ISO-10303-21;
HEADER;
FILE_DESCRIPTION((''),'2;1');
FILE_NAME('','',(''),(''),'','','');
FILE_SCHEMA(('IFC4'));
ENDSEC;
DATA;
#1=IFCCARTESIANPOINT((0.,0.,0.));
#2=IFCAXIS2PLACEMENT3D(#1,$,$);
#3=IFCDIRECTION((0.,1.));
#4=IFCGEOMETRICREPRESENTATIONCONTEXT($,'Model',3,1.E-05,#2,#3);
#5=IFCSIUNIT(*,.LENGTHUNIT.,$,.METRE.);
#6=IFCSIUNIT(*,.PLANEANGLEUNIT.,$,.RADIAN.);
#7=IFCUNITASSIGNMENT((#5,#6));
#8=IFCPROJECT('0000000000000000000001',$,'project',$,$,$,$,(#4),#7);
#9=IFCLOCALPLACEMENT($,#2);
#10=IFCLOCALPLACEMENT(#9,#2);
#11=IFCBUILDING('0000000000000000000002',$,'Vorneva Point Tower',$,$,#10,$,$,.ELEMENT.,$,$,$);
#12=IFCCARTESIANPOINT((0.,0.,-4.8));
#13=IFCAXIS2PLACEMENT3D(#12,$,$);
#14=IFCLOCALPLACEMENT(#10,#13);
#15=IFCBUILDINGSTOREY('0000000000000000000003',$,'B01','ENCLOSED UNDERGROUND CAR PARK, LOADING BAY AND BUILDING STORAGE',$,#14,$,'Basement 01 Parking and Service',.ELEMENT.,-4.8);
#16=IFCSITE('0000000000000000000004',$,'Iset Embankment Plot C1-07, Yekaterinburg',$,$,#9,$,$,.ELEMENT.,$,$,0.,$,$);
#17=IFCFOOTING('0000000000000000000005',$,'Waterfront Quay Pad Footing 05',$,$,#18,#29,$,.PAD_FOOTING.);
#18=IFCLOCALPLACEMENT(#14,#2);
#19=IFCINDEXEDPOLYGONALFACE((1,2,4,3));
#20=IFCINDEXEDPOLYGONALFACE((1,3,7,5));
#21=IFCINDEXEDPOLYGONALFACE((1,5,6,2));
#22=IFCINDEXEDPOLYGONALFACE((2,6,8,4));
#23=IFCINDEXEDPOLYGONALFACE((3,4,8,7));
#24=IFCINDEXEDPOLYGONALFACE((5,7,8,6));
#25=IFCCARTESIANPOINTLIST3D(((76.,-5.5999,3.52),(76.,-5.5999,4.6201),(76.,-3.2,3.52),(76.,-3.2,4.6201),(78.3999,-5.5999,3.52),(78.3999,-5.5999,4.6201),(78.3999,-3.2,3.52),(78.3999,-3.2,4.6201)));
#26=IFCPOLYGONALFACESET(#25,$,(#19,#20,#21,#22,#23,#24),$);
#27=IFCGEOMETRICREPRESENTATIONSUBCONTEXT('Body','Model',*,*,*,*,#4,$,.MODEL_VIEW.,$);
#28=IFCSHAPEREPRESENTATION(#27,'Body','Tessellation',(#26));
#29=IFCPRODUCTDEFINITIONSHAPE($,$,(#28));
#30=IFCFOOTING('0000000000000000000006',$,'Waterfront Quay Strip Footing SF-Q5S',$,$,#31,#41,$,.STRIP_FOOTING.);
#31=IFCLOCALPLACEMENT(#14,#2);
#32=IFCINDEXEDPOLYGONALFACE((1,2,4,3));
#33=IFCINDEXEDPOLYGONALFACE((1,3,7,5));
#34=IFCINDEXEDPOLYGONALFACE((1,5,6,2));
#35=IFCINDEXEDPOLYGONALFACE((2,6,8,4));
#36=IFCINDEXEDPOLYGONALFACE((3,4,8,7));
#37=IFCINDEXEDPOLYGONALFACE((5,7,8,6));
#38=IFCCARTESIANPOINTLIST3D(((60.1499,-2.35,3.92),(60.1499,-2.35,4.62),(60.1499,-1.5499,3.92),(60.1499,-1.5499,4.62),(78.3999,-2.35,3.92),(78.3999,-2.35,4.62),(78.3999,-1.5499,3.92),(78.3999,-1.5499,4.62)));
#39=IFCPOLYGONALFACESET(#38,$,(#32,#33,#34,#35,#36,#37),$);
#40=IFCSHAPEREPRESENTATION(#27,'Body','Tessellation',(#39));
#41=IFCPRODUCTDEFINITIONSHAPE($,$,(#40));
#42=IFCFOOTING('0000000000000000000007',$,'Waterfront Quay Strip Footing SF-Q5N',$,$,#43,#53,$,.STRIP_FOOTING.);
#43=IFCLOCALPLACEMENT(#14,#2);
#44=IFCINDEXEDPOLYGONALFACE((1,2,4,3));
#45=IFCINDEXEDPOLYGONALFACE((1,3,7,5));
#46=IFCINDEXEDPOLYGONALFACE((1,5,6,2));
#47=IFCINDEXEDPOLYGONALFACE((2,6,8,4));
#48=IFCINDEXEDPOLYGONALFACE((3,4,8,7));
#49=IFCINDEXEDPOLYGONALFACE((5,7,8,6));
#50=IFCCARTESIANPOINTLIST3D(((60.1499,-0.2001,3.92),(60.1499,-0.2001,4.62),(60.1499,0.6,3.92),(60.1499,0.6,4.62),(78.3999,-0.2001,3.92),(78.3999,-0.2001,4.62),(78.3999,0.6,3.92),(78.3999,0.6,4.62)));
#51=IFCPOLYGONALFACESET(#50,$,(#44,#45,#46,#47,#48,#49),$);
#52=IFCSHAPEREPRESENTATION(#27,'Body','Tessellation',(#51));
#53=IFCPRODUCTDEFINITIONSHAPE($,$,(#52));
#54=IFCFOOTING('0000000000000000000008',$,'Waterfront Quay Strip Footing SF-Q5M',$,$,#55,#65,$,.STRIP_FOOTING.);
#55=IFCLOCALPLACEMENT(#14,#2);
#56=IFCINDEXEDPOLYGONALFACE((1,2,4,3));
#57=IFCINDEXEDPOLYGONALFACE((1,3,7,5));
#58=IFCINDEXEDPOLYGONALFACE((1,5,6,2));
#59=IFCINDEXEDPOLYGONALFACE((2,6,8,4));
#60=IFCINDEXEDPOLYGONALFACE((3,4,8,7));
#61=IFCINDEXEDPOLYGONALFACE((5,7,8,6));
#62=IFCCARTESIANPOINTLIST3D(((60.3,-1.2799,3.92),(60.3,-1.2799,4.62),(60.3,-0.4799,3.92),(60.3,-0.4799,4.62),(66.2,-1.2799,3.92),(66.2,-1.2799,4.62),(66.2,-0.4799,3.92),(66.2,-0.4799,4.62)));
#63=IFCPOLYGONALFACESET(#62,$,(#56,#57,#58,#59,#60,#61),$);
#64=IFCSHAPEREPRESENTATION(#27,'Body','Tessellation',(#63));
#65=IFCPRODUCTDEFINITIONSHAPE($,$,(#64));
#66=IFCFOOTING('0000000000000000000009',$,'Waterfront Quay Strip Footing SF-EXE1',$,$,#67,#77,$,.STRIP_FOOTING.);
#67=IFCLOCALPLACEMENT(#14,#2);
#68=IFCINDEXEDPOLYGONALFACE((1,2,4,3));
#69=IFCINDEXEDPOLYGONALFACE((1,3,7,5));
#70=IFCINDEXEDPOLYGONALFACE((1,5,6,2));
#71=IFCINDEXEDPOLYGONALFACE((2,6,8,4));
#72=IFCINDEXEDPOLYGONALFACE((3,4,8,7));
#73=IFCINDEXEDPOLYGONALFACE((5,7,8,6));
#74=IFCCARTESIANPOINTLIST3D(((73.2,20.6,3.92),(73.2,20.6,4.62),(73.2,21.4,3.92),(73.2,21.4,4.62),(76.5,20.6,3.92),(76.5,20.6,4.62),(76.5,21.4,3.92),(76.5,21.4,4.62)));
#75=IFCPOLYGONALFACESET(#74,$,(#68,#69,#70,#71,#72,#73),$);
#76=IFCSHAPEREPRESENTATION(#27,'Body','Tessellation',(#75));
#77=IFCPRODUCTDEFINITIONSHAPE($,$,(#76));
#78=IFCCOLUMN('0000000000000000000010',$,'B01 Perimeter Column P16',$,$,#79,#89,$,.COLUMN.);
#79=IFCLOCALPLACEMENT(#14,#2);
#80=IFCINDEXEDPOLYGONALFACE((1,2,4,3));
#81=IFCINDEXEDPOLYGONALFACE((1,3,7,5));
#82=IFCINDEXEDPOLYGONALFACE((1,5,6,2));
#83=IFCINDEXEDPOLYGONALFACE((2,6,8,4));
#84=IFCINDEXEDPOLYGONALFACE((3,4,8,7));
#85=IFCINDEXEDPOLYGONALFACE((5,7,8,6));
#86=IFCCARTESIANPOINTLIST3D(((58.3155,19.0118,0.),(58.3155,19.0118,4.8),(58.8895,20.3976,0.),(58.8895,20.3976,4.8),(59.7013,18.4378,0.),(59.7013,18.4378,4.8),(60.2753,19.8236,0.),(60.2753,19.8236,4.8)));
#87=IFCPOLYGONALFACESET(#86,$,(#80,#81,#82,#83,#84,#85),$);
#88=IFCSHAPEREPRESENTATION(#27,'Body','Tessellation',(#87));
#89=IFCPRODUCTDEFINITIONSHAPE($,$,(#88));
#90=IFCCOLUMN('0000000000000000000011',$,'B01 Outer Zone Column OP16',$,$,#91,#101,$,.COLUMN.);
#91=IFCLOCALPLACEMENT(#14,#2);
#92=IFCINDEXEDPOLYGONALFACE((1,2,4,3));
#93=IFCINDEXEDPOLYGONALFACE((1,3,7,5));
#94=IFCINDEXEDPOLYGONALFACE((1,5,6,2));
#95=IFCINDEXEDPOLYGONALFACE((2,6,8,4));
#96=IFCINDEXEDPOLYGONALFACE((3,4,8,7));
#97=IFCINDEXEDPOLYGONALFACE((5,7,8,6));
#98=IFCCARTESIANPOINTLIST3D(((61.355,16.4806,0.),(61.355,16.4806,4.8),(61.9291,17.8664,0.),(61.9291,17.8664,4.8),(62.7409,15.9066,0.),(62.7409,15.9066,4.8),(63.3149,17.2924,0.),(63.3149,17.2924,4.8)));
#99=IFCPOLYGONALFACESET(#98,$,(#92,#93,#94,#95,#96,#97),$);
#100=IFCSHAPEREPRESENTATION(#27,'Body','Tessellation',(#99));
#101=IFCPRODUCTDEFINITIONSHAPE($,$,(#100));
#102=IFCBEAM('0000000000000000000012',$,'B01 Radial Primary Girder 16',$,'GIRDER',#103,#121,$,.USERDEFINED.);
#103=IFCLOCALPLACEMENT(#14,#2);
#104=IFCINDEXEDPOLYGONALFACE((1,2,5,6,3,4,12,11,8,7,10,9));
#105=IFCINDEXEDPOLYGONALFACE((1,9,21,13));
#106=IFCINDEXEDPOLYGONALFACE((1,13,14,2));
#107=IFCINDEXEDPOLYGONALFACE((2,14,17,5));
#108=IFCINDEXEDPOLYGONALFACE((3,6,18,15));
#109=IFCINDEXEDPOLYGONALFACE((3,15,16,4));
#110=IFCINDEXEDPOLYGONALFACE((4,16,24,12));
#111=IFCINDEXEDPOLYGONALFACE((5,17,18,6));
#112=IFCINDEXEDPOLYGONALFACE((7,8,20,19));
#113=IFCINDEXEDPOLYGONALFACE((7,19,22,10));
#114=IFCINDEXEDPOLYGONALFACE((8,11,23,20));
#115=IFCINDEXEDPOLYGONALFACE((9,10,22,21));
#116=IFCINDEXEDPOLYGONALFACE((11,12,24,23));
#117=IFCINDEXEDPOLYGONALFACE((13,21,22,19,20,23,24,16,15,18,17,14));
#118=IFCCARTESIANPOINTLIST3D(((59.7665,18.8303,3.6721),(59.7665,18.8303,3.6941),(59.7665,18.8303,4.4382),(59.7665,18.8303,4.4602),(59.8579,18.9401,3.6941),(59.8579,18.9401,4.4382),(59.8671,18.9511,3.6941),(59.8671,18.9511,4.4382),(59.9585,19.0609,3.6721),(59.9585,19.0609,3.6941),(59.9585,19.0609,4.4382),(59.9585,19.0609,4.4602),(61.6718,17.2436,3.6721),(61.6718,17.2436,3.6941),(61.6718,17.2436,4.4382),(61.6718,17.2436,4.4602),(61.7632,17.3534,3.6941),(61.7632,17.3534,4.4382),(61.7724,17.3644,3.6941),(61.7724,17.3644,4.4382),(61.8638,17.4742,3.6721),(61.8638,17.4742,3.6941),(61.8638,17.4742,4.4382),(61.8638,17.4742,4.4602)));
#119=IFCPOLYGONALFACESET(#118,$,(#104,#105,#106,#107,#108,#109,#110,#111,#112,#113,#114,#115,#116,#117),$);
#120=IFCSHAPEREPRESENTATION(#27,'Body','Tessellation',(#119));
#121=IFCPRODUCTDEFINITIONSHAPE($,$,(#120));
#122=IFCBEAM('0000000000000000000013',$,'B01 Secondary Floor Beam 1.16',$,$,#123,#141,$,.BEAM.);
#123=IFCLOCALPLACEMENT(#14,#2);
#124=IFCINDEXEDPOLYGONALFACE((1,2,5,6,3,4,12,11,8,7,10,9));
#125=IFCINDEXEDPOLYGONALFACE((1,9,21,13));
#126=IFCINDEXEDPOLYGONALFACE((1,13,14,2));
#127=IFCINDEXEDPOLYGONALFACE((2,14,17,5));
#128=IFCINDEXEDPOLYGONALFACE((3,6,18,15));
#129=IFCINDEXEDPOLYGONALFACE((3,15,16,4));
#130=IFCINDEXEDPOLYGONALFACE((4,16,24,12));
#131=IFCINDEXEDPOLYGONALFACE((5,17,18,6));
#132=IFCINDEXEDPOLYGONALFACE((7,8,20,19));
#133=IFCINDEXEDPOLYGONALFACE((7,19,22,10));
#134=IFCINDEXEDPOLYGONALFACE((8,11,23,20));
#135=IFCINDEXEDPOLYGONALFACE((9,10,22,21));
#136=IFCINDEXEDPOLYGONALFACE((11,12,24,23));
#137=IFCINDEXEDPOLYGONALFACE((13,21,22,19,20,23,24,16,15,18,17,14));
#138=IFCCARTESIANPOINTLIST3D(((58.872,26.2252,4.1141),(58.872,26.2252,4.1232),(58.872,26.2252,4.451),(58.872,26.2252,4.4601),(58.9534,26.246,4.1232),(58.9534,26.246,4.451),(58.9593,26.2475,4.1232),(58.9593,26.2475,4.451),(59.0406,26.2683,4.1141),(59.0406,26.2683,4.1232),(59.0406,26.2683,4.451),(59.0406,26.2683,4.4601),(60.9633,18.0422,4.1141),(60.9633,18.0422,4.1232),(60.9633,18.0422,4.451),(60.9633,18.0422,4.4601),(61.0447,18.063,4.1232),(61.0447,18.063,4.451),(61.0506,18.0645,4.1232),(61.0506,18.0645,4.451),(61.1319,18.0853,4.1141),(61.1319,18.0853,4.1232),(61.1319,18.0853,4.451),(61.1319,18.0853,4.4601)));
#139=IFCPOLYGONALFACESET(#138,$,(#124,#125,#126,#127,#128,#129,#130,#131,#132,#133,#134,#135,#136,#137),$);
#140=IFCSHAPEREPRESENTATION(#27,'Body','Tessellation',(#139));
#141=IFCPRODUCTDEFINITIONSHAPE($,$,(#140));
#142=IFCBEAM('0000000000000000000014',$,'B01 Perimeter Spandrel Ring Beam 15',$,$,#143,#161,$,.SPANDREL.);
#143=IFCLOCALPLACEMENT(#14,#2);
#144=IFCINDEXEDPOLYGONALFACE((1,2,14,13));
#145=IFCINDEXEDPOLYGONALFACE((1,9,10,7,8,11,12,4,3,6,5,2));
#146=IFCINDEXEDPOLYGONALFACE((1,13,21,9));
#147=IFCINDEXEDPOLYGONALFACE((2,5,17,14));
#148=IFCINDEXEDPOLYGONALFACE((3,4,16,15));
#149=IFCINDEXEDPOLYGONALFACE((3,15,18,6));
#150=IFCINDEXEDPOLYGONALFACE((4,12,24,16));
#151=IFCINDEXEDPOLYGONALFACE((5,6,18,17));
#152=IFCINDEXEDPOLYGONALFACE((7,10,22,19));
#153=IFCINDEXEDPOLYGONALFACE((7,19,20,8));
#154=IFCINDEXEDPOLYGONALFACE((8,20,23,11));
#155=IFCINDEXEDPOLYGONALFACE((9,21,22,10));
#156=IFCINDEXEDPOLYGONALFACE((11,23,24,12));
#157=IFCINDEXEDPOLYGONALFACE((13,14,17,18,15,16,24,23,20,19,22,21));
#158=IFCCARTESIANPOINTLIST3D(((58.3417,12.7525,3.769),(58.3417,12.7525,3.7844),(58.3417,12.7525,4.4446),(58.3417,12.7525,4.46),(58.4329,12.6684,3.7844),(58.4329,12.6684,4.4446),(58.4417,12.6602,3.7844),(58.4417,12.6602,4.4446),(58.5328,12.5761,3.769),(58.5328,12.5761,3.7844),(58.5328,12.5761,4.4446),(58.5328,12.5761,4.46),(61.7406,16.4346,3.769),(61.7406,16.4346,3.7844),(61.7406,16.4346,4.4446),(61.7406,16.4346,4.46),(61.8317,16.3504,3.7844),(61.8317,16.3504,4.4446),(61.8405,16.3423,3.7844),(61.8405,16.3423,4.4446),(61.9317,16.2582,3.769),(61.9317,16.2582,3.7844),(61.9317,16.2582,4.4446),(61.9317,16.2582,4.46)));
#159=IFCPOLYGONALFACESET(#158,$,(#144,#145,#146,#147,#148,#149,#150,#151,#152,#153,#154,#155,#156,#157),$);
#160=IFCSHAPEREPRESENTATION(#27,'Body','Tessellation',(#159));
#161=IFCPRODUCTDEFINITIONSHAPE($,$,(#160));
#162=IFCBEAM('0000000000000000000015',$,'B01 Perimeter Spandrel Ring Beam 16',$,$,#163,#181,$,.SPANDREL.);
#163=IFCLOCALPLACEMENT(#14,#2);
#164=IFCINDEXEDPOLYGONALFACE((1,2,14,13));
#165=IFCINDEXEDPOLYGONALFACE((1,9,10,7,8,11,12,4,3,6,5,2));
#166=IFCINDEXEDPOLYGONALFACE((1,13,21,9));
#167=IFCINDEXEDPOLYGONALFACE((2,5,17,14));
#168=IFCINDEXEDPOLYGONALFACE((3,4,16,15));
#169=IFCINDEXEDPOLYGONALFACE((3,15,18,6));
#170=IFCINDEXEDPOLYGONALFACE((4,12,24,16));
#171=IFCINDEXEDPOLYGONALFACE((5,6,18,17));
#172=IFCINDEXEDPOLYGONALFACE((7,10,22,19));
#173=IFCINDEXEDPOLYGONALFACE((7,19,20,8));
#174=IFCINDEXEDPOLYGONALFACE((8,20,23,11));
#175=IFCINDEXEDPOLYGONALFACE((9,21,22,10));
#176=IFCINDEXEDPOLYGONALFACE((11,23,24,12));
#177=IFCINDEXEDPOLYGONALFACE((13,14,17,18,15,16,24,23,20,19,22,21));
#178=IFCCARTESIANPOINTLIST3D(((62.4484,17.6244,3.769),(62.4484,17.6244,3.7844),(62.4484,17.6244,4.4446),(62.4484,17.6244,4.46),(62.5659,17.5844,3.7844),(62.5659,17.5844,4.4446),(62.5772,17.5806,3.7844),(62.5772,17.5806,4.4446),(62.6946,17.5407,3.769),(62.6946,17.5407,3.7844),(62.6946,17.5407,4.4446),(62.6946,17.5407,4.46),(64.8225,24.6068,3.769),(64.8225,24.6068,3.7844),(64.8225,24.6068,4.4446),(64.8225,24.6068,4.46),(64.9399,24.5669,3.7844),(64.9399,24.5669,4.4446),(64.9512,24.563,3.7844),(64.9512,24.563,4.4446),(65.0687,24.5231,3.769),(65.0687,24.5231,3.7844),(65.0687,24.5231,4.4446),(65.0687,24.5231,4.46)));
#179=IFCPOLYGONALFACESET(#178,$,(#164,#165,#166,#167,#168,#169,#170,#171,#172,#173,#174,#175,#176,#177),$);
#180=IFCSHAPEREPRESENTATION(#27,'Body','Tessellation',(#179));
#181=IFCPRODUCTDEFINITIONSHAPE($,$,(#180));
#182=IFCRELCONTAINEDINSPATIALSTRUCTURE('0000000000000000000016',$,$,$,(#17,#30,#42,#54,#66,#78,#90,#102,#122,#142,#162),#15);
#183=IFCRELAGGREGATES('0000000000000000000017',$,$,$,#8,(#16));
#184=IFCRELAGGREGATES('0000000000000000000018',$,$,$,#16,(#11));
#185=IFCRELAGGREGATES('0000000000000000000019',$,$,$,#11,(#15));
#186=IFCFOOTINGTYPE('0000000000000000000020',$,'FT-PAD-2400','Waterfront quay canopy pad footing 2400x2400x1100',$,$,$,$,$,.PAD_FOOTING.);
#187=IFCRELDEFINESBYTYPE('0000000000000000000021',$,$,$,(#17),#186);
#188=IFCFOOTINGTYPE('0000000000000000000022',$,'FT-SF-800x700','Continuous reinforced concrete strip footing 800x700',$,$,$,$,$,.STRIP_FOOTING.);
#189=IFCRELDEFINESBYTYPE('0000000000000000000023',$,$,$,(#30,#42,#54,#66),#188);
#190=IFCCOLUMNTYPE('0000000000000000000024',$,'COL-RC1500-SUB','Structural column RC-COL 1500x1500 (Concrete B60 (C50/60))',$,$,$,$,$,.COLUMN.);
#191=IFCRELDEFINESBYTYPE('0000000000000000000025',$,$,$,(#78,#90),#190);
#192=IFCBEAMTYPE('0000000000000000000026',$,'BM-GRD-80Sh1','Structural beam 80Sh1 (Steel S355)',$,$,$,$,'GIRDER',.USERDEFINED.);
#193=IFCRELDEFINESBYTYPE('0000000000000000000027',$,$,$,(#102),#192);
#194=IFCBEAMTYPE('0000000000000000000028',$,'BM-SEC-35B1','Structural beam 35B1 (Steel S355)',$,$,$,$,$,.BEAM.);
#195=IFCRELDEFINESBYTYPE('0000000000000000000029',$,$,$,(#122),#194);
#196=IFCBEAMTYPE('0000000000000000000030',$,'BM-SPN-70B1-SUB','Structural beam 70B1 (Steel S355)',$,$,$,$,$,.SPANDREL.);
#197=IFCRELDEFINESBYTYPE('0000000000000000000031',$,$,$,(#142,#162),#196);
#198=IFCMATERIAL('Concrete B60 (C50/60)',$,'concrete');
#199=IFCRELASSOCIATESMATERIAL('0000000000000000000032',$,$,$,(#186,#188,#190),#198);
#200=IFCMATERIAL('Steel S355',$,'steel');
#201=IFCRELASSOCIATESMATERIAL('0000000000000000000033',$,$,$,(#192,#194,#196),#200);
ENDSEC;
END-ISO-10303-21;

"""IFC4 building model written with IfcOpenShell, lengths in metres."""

from ifc_helpers import new_model, si_unit, direction, frame, origin, origin_2d, place, context, subcontext, project, spatial, rectangle, i_section, extrude, material, material_profile, profile_set, type_object, element, save


model = new_model("IFC4")

# Units and contexts
model_context = context("Model", 3, precision=1e-05, world=origin(), true_north=direction((0.0, 1.0)))
body_context = subcontext(model_context, "Body", "Model", "MODEL_VIEW")
ifc_project = project(units=[si_unit("LENGTHUNIT", "METRE"), si_unit("PLANEANGLEUNIT", "RADIAN")], contexts=[model_context])

# Site, building, storey
site_placement = place(None, origin())
site = spatial("IfcSite", under=ifc_project, at=site_placement, Name="Iset Embankment Plot C1-07, Yekaterinburg", CompositionType="ELEMENT", RefElevation=0.0)
building_placement = place(site_placement, origin())
building = spatial("IfcBuilding", under=site, at=building_placement, Name="Vorneva Point Tower", CompositionType="ELEMENT")
storey_placement = place(building_placement, frame((0.0, 0.0, -4.8)))
storey = spatial("IfcBuildingStorey", under=building, at=storey_placement, Name="B01", Description="ENCLOSED UNDERGROUND CAR PARK, LOADING BAY AND BUILDING STORAGE", LongName="Basement 01 Parking and Service", CompositionType="ELEMENT", Elevation=-4.8)

# Footings
ifc_material_1 = material(Name="Concrete B60 (C50/60)", Category="concrete")
footing_type_1 = type_object("IfcFootingType", Name="FT-PAD-2400", Description="Waterfront quay canopy pad footing 2400x2400x1100", PredefinedType="PAD_FOOTING", material=ifc_material_1)
footing_1_placement = place(storey_placement, frame((77.2, -4.3999, 3.52), z_axis=(0.0, 0.0, 1.0), x_axis=(1.0, 0.0, 0.0)))
element("IfcFooting", 1, at=footing_1_placement, inside=storey, type_object=footing_type_1, Name="Waterfront Quay Pad Footing 05", PredefinedType="PAD_FOOTING", context=body_context, shape_type="SweptSolid", body=[
    extrude(rectangle(XDim=2.3999, YDim=2.3999, at=origin_2d()), origin(), (0.0, 0.0, 1.0), 1.1001),
])
ifc_material_profile_1 = material_profile(ifc_material_1, rectangle(XDim=0.8, YDim=0.7, at=origin_2d()), Name="SF 800x700")
ifc_profile_set_1 = profile_set([ifc_material_profile_1], Name="Concrete B60 (C50/60)")
footing_type_2 = type_object("IfcFootingType", Name="FT-SF-800x700", Description="Continuous reinforced concrete strip footing 800x700", PredefinedType="STRIP_FOOTING", material=ifc_profile_set_1)
for number, where, z_axis, x_axis, name in (
    (2, (60.1499, -1.95, 4.27), (1.0, 0.0, 0.0), (0.0, 1.0, 0.0), "Waterfront Quay Strip Footing SF-Q5S"),
    (3, (60.1499, 0.2, 4.27), (1.0, 0.0, 0.0), (0.0, 1.0, 0.0), "Waterfront Quay Strip Footing SF-Q5N"),
):
    element("IfcFooting", number, at=place(storey_placement, frame(where, z_axis=z_axis, x_axis=x_axis)), inside=storey, type_object=footing_type_2, Name=name, PredefinedType="STRIP_FOOTING", context=body_context, shape_type="SweptSolid", body=[
        extrude(rectangle(XDim=0.8, YDim=0.7, at=origin_2d()), origin(), (0.0, 0.0, 1.0), 18.25),
    ])
footing_2_placement = place(storey_placement, frame((60.3, -0.8799, 4.27), z_axis=(1.0, 0.0, 0.0), x_axis=(0.0, 1.0, 0.0)))
element("IfcFooting", 4, at=footing_2_placement, inside=storey, type_object=footing_type_2, Name="Waterfront Quay Strip Footing SF-Q5M", PredefinedType="STRIP_FOOTING", context=body_context, shape_type="SweptSolid", body=[
    extrude(rectangle(XDim=0.8, YDim=0.7, at=origin_2d()), origin(), (0.0, 0.0, 1.0), 5.8999),
])
footing_3_placement = place(storey_placement, frame((73.2, 21.0, 4.27), z_axis=(1.0, 0.0, 0.0), x_axis=(0.0, 1.0, 0.0)))
element("IfcFooting", 5, at=footing_3_placement, inside=storey, type_object=footing_type_2, Name="Waterfront Quay Strip Footing SF-EXE1", PredefinedType="STRIP_FOOTING", context=body_context, shape_type="SweptSolid", body=[
    extrude(rectangle(XDim=0.8, YDim=0.7, at=origin_2d()), origin(), (0.0, 0.0, 1.0), 3.3),
])

# Columns
ifc_material_profile_2 = material_profile(ifc_material_1, rectangle(XDim=1.5, YDim=1.5, at=origin_2d()), Name="RC-COL 1500x1500")
ifc_profile_set_2 = profile_set([ifc_material_profile_2], Name="Concrete B60 (C50/60)")
column_type = type_object("IfcColumnType", Name="COL-RC1500-SUB", Description="Structural column RC-COL 1500x1500 (Concrete B60 (C50/60))", PredefinedType="COLUMN", material=ifc_profile_set_2)
for number, where, z_axis, x_axis, name in (
    (6, (59.2954, 19.4177, 0.0), (0.0, 0.0, 1.0), (0.92388, -0.382683, 0.0), "B01 Perimeter Column P16"),
    (7, (62.335, 16.8865, 0.0), (0.0, 0.0, 1.0), (0.92388, -0.382683, 0.0), "B01 Outer Zone Column OP16"),
):
    element("IfcColumn", number, at=place(storey_placement, frame(where, z_axis=z_axis, x_axis=x_axis)), inside=storey, type_object=column_type, Name=name, PredefinedType="COLUMN", context=body_context, shape_type="SweptSolid", body=[
        extrude(rectangle(XDim=1.5, YDim=1.5, at=origin_2d()), origin(), (0.0, 0.0, 1.0), 4.8),
    ])

# Beams
ifc_material_2 = material(Name="Steel S355", Category="steel")
ifc_material_profile_3 = material_profile(ifc_material_2, i_section(OverallWidth=0.3, OverallDepth=0.7881, WebThickness=0.0144, FlangeThickness=0.022, at=origin_2d()), Name="80Sh1")
ifc_profile_set_3 = profile_set([ifc_material_profile_3], Name="Steel S355")
beam_type_1 = type_object("IfcBeamType", Name="BM-GRD-80Sh1", Description="Structural beam 80Sh1 (Steel S355)", ElementType="GIRDER", PredefinedType="USERDEFINED", material=ifc_profile_set_3)
beam_1_placement = place(storey_placement, frame((61.7678, 17.3589, 4.0662), z_axis=(-0.768431, 0.639933, 0.0), x_axis=(-0.639933, -0.768431, 0.0)))
element("IfcBeam", 8, at=beam_1_placement, inside=storey, type_object=beam_type_1, Name="B01 Radial Primary Girder 16", ObjectType="GIRDER", PredefinedType="USERDEFINED", context=body_context, shape_type="SweptSolid", body=[
    extrude(i_section(OverallWidth=0.3, OverallDepth=0.7881, WebThickness=0.0144, FlangeThickness=0.022, at=origin_2d()), origin(), (0.0, 0.0, 1.0), 2.4795),
])
ifc_material_profile_4 = material_profile(ifc_material_2, i_section(OverallWidth=0.1741, OverallDepth=0.3459, WebThickness=0.0061, FlangeThickness=0.009, at=origin_2d()), Name="35B1")
ifc_profile_set_4 = profile_set([ifc_material_profile_4], Name="Steel S355")
beam_type_2 = type_object("IfcBeamType", Name="BM-SEC-35B1", Description="Structural beam 35B1 (Steel S355)", PredefinedType="BEAM", material=ifc_profile_set_4)
beam_2_placement = place(storey_placement, frame((61.0476, 18.0637, 4.2871), z_axis=(-0.247606, 0.968861, 0.0), x_axis=(-0.968861, -0.247606, 0.0)))
element("IfcBeam", 9, at=beam_2_placement, inside=storey, type_object=beam_type_2, Name="B01 Secondary Floor Beam 1.16", PredefinedType="BEAM", context=body_context, shape_type="SweptSolid", body=[
    extrude(i_section(OverallWidth=0.1741, OverallDepth=0.3459, WebThickness=0.0061, FlangeThickness=0.009, at=origin_2d()), origin(), (0.0, 0.0, 1.0), 8.446),
])
ifc_material_profile_5 = material_profile(ifc_material_2, i_section(OverallWidth=0.26, OverallDepth=0.6909, WebThickness=0.012, FlangeThickness=0.0154, at=origin_2d()), Name="70B1")
ifc_profile_set_5 = profile_set([ifc_material_profile_5], Name="Steel S355")
beam_type_3 = type_object("IfcBeamType", Name="BM-SPN-70B1-SUB", Description="Structural beam 70B1 (Steel S355)", PredefinedType="SPANDREL", material=ifc_profile_set_5)
beam_3_placement = place(storey_placement, frame((58.4373, 12.6643, 4.1145), z_axis=(0.678284, 0.7348, 0.0), x_axis=(-0.7348, 0.678284, 0.0)))
element("IfcBeam", 10, at=beam_3_placement, inside=storey, type_object=beam_type_3, Name="B01 Perimeter Spandrel Ring Beam 15", PredefinedType="SPANDREL", context=body_context, shape_type="SweptSolid", body=[
    extrude(i_section(OverallWidth=0.26, OverallDepth=0.6909, WebThickness=0.012, FlangeThickness=0.0154, at=origin_2d()), origin(), (0.0, 0.0, 1.0), 5.011),
])
beam_4_placement = place(storey_placement, frame((62.5715, 17.5825, 4.1145), z_axis=(0.321903, 0.946773, 0.0), x_axis=(-0.946773, 0.321903, 0.0)))
element("IfcBeam", 11, at=beam_4_placement, inside=storey, type_object=beam_type_3, Name="B01 Perimeter Spandrel Ring Beam 16", PredefinedType="SPANDREL", context=body_context, shape_type="SweptSolid", body=[
    extrude(i_section(OverallWidth=0.26, OverallDepth=0.6909, WebThickness=0.012, FlangeThickness=0.0154, at=origin_2d()), origin(), (0.0, 0.0, 1.0), 7.375),
])

save(model, "model.ifc")
